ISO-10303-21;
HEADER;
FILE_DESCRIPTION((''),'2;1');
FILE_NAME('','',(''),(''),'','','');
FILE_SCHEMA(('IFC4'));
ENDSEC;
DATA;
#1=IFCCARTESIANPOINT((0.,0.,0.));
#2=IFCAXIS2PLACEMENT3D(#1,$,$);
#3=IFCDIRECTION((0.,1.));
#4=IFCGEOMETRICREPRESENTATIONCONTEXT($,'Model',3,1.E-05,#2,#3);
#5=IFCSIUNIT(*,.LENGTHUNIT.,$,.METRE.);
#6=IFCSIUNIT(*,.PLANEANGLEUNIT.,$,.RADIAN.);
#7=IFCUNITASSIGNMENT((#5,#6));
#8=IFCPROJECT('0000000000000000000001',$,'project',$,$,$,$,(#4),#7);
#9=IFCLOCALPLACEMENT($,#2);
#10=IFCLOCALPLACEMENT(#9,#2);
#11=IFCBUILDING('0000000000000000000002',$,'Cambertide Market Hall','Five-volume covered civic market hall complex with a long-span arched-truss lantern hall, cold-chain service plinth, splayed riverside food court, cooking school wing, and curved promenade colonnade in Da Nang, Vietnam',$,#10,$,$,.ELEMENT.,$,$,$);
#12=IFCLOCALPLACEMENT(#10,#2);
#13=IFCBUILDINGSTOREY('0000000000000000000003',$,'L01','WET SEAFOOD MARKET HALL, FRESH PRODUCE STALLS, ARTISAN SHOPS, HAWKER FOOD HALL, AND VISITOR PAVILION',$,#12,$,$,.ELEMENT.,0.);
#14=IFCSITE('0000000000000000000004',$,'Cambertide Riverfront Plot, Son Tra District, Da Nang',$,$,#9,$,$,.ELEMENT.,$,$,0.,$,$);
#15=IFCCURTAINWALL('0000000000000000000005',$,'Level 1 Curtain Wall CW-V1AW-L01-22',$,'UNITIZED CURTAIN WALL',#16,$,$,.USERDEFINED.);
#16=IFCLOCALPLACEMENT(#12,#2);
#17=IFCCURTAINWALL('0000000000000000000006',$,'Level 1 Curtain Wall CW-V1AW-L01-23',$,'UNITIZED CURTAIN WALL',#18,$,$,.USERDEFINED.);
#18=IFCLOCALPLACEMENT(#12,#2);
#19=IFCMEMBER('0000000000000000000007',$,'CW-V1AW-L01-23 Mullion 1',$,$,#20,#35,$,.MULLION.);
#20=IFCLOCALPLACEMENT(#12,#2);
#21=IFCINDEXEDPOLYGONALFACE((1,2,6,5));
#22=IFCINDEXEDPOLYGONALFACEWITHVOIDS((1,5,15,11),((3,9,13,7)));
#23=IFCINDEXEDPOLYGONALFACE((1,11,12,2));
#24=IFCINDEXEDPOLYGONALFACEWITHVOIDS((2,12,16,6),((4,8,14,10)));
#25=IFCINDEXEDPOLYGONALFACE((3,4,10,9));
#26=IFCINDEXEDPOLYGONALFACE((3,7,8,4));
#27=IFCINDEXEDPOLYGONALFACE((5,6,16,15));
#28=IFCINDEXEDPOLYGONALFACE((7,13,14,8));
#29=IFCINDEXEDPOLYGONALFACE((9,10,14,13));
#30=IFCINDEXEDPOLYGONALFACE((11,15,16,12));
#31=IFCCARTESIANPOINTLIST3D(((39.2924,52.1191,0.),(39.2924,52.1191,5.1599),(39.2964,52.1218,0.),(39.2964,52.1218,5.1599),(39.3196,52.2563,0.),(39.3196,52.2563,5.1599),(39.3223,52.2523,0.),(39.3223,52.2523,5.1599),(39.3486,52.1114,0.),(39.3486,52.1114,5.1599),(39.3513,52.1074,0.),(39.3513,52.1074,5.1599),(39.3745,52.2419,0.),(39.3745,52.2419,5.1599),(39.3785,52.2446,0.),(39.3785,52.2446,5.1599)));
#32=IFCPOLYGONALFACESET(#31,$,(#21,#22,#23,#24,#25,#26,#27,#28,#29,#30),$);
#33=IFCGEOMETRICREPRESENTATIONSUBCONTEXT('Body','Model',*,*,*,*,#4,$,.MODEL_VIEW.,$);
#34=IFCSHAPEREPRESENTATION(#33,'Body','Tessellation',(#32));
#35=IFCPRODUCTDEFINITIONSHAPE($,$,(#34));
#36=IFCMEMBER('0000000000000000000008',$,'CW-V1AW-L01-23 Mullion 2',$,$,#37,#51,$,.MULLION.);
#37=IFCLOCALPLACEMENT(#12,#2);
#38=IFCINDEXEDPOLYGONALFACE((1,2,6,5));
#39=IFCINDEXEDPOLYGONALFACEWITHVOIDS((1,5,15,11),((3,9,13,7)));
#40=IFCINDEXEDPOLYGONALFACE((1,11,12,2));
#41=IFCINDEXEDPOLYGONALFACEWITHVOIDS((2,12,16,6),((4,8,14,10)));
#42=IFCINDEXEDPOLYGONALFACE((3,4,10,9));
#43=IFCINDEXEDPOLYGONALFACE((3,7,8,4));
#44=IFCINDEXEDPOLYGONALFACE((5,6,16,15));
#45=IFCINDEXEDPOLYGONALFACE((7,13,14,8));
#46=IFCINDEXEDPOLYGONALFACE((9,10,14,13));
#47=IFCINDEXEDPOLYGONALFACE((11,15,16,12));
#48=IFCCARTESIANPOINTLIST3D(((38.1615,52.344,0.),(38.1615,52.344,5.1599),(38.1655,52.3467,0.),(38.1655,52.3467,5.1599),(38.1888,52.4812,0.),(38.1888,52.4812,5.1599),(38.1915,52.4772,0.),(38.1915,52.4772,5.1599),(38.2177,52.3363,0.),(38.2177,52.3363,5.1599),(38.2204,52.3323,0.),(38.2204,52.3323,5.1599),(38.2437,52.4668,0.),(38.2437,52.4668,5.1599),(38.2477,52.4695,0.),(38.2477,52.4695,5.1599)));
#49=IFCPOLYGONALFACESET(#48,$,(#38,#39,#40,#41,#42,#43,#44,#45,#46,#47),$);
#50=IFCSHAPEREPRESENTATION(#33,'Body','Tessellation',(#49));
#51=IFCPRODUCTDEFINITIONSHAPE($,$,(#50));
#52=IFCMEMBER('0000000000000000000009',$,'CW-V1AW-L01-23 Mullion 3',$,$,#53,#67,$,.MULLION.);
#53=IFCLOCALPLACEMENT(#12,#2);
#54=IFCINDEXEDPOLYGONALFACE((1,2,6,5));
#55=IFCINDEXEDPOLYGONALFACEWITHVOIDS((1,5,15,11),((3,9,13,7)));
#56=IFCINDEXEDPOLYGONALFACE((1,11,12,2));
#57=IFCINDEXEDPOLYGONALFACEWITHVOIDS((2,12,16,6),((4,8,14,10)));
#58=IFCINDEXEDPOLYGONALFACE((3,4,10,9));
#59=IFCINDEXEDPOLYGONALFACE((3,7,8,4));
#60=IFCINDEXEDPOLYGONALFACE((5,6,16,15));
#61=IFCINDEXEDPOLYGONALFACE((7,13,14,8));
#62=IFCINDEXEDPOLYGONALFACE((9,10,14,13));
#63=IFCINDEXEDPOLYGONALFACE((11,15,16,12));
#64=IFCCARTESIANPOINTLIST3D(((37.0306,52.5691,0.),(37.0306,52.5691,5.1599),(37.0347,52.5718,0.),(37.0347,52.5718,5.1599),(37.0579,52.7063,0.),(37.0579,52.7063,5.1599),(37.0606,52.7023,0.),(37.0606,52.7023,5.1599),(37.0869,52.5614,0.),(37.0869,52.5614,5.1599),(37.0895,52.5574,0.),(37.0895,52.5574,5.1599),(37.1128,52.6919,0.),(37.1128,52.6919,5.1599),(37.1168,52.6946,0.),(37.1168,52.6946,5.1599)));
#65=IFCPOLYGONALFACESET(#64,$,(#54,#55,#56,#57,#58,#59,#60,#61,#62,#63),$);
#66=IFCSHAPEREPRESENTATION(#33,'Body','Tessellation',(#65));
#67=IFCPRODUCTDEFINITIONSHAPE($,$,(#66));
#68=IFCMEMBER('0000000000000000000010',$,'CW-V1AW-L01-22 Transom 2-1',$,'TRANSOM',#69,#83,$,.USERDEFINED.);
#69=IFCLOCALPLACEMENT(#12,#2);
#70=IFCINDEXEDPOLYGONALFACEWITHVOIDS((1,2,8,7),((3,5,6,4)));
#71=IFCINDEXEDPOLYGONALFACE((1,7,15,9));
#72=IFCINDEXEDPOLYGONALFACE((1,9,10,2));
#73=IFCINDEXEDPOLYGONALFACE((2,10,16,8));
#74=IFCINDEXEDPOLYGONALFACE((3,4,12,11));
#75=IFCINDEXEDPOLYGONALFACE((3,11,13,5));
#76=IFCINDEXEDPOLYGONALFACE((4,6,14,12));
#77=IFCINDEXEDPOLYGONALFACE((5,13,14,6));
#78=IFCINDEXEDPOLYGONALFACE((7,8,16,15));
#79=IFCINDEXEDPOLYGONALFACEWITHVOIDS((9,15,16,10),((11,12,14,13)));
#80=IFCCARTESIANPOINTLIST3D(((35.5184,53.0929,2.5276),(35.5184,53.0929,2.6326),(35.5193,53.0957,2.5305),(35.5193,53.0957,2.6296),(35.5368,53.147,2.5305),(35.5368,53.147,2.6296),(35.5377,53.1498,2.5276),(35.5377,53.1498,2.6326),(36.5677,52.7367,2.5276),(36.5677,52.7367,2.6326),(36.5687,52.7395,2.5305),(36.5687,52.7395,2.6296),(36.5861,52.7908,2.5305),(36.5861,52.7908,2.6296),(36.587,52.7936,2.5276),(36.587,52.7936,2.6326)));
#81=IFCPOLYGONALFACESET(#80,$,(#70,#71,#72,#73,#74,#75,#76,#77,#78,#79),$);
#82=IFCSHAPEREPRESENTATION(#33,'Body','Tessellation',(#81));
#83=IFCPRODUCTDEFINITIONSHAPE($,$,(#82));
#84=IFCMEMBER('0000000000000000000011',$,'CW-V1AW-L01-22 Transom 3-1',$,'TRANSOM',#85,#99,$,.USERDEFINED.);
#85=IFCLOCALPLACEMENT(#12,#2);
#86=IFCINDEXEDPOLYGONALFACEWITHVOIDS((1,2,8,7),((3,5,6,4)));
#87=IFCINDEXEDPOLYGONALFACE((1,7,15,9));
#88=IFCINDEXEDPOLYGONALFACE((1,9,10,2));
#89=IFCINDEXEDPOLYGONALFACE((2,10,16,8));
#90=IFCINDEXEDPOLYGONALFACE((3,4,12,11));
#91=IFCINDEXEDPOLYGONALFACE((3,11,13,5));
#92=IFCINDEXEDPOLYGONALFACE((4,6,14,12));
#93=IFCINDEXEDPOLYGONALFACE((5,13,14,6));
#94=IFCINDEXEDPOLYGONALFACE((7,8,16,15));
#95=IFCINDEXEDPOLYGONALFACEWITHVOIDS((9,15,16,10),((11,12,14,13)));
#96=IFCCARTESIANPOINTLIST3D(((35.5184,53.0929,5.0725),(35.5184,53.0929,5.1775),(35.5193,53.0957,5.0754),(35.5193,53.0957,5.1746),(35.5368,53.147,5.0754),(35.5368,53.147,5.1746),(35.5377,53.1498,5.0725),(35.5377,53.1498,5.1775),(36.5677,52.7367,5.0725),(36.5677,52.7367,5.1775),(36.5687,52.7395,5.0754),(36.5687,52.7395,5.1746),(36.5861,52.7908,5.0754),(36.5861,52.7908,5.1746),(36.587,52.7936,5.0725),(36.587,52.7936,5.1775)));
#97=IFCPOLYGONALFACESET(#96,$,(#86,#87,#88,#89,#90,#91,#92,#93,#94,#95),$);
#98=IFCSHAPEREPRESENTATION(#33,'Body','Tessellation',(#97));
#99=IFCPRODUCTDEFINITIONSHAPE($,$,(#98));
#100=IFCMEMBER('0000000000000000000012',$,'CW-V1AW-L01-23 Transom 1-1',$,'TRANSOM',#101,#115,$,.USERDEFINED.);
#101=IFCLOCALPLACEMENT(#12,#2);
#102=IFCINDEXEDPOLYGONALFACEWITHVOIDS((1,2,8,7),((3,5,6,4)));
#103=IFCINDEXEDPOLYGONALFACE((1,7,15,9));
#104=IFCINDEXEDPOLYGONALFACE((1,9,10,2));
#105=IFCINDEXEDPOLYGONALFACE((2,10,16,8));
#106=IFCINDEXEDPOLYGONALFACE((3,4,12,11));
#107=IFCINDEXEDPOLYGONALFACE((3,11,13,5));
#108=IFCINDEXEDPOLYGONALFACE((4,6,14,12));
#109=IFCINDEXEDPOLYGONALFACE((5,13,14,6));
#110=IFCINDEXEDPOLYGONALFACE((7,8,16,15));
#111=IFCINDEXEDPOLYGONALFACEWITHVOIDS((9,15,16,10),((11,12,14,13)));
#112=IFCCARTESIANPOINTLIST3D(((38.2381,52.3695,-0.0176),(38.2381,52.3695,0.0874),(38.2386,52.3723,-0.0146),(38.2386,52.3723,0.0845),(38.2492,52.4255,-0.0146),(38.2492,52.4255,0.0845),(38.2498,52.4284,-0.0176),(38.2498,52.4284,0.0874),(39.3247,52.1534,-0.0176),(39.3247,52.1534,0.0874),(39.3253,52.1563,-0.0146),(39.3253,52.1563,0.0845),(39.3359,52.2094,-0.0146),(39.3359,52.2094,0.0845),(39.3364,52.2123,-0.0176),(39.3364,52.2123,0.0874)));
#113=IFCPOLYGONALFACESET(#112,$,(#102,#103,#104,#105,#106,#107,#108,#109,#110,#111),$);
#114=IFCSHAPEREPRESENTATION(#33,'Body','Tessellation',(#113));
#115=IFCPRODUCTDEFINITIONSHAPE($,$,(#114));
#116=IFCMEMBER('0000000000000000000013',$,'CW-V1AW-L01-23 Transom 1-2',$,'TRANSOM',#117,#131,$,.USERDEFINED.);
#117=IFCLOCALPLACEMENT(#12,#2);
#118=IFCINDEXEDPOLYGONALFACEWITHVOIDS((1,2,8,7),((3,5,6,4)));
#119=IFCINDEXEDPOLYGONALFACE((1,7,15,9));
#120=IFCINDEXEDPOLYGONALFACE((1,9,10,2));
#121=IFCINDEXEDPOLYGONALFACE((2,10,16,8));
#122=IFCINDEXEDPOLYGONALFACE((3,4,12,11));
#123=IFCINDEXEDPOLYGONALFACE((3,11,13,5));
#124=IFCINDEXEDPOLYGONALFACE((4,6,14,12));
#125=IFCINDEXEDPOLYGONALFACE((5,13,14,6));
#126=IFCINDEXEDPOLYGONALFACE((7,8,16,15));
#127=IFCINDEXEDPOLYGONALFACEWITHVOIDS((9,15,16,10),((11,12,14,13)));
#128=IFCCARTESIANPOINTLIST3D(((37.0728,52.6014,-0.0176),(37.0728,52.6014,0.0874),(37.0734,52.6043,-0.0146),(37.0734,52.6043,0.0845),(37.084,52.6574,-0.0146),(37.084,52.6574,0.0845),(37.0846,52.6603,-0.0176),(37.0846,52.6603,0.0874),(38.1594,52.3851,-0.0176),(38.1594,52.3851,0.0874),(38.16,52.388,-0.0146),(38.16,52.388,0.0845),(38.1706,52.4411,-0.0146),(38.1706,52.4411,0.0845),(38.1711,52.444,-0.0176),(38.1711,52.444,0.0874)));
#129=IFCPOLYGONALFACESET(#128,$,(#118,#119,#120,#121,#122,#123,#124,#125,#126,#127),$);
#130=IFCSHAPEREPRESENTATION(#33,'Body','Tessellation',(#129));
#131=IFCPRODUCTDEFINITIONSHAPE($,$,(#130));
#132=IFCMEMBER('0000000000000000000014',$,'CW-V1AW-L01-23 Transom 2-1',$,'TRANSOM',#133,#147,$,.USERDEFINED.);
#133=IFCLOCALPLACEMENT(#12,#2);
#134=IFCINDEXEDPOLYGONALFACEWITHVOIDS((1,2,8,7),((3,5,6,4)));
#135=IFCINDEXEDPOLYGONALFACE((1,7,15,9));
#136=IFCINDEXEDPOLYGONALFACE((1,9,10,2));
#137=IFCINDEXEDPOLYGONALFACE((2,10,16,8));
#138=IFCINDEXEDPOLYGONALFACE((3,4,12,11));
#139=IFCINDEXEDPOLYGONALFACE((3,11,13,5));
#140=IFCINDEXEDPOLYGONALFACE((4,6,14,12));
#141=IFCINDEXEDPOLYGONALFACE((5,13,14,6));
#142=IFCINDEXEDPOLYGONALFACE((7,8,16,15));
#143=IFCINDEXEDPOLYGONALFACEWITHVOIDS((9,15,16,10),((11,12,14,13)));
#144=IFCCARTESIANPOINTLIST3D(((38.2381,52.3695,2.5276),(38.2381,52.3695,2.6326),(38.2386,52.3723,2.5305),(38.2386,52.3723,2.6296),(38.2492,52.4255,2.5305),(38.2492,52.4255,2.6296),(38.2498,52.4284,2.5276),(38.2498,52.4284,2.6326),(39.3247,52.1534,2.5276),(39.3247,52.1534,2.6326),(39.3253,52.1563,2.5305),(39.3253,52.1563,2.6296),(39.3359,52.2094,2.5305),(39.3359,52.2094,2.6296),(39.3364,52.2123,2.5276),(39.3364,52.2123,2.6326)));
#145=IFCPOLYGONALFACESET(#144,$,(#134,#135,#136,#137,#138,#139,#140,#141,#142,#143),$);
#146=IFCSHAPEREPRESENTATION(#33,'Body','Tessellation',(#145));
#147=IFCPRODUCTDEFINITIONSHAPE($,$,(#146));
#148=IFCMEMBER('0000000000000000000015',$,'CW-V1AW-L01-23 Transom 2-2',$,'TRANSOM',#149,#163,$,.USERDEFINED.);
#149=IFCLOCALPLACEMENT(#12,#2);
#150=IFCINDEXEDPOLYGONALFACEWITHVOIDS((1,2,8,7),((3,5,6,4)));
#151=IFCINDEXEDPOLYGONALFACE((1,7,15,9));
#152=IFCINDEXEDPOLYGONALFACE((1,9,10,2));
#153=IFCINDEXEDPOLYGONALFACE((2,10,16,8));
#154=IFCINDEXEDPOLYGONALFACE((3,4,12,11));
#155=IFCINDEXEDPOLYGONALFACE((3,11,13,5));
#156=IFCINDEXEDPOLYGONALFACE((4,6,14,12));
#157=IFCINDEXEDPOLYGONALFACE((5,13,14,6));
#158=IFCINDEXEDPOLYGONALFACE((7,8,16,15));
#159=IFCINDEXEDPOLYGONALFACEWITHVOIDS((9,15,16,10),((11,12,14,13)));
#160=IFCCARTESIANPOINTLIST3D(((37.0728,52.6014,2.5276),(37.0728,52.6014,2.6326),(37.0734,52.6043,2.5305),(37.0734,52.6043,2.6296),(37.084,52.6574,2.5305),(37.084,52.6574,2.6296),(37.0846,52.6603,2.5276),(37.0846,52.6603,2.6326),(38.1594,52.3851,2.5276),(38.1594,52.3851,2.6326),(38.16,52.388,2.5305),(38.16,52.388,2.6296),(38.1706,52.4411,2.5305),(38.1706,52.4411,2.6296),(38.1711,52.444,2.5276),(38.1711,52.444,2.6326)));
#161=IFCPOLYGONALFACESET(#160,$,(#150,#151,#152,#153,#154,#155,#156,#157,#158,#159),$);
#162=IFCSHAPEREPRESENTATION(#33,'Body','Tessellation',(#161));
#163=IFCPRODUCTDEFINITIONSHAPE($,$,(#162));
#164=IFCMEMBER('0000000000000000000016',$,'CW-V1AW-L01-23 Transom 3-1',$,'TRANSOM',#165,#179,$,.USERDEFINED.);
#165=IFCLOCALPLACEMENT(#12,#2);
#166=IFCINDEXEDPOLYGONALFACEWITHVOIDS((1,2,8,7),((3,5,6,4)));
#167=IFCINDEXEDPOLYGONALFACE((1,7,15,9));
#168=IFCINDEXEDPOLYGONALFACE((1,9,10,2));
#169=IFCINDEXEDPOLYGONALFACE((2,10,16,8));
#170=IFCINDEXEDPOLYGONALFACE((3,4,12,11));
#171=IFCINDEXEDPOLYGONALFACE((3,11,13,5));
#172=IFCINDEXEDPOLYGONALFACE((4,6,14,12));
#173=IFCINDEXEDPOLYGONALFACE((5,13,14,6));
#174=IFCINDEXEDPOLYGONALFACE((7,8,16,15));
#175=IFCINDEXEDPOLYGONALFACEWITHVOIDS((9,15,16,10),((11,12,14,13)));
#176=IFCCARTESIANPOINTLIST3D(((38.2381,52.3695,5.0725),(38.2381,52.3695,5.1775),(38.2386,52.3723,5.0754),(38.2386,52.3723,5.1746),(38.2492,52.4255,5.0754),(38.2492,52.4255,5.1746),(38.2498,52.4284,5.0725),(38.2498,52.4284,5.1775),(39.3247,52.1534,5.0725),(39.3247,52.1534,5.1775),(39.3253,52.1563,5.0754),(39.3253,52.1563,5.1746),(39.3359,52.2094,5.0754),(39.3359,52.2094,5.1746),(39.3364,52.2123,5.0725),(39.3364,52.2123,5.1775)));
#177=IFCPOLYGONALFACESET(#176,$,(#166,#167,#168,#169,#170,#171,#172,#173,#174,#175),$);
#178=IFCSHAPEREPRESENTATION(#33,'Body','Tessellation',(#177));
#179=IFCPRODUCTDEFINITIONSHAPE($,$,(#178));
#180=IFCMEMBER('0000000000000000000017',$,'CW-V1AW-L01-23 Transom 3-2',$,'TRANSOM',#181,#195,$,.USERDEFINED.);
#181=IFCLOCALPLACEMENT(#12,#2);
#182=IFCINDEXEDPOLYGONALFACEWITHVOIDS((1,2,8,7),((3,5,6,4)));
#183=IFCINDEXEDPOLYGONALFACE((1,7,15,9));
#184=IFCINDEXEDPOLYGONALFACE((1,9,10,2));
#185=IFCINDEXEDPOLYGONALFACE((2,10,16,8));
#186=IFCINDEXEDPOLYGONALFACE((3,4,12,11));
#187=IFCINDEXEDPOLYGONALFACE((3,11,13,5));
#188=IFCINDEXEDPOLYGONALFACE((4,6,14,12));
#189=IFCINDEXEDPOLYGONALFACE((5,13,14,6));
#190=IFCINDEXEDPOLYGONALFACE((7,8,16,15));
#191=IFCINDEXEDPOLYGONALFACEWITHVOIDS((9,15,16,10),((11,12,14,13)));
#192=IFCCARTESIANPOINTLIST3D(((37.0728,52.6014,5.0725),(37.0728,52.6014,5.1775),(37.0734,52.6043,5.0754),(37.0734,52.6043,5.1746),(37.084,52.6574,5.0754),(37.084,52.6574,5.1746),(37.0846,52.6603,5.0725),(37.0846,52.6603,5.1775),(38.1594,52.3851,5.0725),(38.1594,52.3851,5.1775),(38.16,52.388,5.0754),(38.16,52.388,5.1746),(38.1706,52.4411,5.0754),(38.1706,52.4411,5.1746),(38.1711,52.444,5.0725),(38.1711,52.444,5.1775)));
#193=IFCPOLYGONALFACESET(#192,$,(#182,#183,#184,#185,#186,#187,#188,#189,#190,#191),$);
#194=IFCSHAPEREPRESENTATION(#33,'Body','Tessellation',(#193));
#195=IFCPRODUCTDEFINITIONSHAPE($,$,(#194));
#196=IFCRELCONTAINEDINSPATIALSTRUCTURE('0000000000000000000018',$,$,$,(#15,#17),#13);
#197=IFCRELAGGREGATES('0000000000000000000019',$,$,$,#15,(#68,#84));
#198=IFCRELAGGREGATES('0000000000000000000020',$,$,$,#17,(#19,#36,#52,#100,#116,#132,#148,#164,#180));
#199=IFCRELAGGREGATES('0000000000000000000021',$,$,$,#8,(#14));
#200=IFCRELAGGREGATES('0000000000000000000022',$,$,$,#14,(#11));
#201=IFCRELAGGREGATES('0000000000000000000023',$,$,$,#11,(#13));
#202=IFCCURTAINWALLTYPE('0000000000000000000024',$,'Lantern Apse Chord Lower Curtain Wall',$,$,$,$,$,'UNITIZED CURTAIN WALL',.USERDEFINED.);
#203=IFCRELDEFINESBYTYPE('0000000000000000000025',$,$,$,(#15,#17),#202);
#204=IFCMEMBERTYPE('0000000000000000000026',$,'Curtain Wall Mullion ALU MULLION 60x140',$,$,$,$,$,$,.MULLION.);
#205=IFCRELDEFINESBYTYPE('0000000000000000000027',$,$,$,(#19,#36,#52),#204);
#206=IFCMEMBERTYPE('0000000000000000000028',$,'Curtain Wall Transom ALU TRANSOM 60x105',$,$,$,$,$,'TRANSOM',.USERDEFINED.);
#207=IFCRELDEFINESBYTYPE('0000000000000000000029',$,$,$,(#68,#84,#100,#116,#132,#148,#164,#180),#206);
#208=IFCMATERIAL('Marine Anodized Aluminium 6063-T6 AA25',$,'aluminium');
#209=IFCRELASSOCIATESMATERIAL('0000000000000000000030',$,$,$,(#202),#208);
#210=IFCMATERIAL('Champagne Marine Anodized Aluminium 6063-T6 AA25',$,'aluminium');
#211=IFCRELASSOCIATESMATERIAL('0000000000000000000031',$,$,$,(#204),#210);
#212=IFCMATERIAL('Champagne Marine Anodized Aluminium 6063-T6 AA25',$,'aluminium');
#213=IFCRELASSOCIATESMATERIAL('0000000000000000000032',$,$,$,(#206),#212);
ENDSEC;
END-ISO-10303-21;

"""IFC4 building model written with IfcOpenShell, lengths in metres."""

from ifc_helpers import new_model, si_unit, direction, frame, origin, origin_2d, place, context, subcontext, project, spatial, hollow_rectangle, extrude, material, material_profile, profile_set, type_object, element, aggregate, save


model = new_model("IFC4")

# Units and contexts
model_context = context("Model", 3, precision=1e-05, world=origin(), true_north=direction((0.0, 1.0)))
body_context = subcontext(model_context, "Body", "Model", "MODEL_VIEW")
ifc_project = project(units=[si_unit("LENGTHUNIT", "METRE"), si_unit("PLANEANGLEUNIT", "RADIAN")], contexts=[model_context])

# Site, building, storey
site_placement = place(None, origin())
site = spatial("IfcSite", under=ifc_project, at=site_placement, Name="Cambertide Riverfront Plot, Son Tra District, Da Nang", CompositionType="ELEMENT", RefElevation=0.0)
building_placement = place(site_placement, origin())
building = spatial("IfcBuilding", under=site, at=building_placement, Name="Cambertide Market Hall", Description="Five-volume covered civic market hall complex with a long-span arched-truss lantern hall, cold-chain service plinth, splayed riverside food court, cooking school wing, and curved promenade colonnade in Da Nang, Vietnam", CompositionType="ELEMENT")
storey_placement = place(building_placement, origin())
storey = spatial("IfcBuildingStorey", under=building, at=storey_placement, Name="L01", Description="WET SEAFOOD MARKET HALL, FRESH PRODUCE STALLS, ARTISAN SHOPS, HAWKER FOOD HALL, AND VISITOR PAVILION", CompositionType="ELEMENT", Elevation=0.0)

# Curtain wall
ifc_material_1 = material(Name="Marine Anodized Aluminium 6063-T6 AA25", Category="aluminium")
curtain_wall_type = type_object("IfcCurtainWallType", Name="Lantern Apse Chord Lower Curtain Wall", ElementType="UNITIZED CURTAIN WALL", PredefinedType="USERDEFINED", material=ifc_material_1)
curtain_wall_1_placement = place(storey_placement, origin())
curtain_wall_1 = element("IfcCurtainWall", 1, at=curtain_wall_1_placement, inside=storey, type_object=curtain_wall_type, Name="Level 1 Curtain Wall CW-V1AW-L01-22", ObjectType="UNITIZED CURTAIN WALL", PredefinedType="USERDEFINED")
ifc_material_2 = material(Name="Champagne Marine Anodized Aluminium 6063-T6 AA25", Category="aluminium")
ifc_material_profile_1 = material_profile(ifc_material_2, hollow_rectangle(XDim=0.0601, YDim=0.1399, WallThickness=0.0034, at=origin_2d()), Name="ALU MULLION 60x140")
ifc_profile_set_1 = profile_set([ifc_material_profile_1], Name="Champagne Marine Anodized Aluminium 6063-T6 AA25")
member_type_1 = type_object("IfcMemberType", Name="Curtain Wall Mullion ALU MULLION 60x140", PredefinedType="MULLION", material=ifc_profile_set_1)

# Curtain wall, members
curtain_wall_2_placement = place(storey_placement, origin())
curtain_wall_2 = element("IfcCurtainWall", 2, at=curtain_wall_2_placement, inside=storey, type_object=curtain_wall_type, Name="Level 1 Curtain Wall CW-V1AW-L01-23", ObjectType="UNITIZED CURTAIN WALL", PredefinedType="USERDEFINED")
member_1_placement = place(storey_placement, frame((39.3354, 52.1819, 0.0), z_axis=(0.0, 0.0, 1.0), x_axis=(-0.980785, 0.19509, 0.0)))
member_1 = element("IfcMember", 3, at=member_1_placement, type_object=member_type_1, Name="CW-V1AW-L01-23 Mullion 1", PredefinedType="MULLION", context=body_context, shape_type="SweptSolid", body=[
    extrude(hollow_rectangle(XDim=0.0601, YDim=0.1399, WallThickness=0.0034, at=origin_2d()), origin(), (0.0, 0.0, 1.0), 5.1599),
])
member_2_placement = place(storey_placement, frame((38.2046, 52.4067, 0.0), z_axis=(0.0, 0.0, 1.0), x_axis=(-0.980785, 0.19509, 0.0)))
member_2 = element("IfcMember", 4, at=member_2_placement, type_object=member_type_1, Name="CW-V1AW-L01-23 Mullion 2", PredefinedType="MULLION", context=body_context, shape_type="SweptSolid", body=[
    extrude(hollow_rectangle(XDim=0.0601, YDim=0.1399, WallThickness=0.0034, at=origin_2d()), origin(), (0.0, 0.0, 1.0), 5.1599),
])
member_3_placement = place(storey_placement, frame((37.0737, 52.6318, 0.0), z_axis=(0.0, 0.0, 1.0), x_axis=(-0.980785, 0.19509, 0.0)))
member_3 = element("IfcMember", 5, at=member_3_placement, type_object=member_type_1, Name="CW-V1AW-L01-23 Mullion 3", PredefinedType="MULLION", context=body_context, shape_type="SweptSolid", body=[
    extrude(hollow_rectangle(XDim=0.0601, YDim=0.1399, WallThickness=0.0034, at=origin_2d()), origin(), (0.0, 0.0, 1.0), 5.1599),
])

# Members
ifc_material_3 = material(Name="Champagne Marine Anodized Aluminium 6063-T6 AA25", Category="aluminium")
ifc_material_profile_2 = material_profile(ifc_material_3, hollow_rectangle(XDim=0.0601, YDim=0.105, WallThickness=0.0029, at=origin_2d()), Name="ALU TRANSOM 60x105")
ifc_profile_set_2 = profile_set([ifc_material_profile_2], Name="Champagne Marine Anodized Aluminium 6063-T6 AA25")
member_type_2 = type_object("IfcMemberType", Name="Curtain Wall Transom ALU TRANSOM 60x105", ElementType="TRANSOM", PredefinedType="USERDEFINED", material=ifc_profile_set_2)
member_4_placement = place(storey_placement, frame((36.5774, 52.7651, 2.5801), z_axis=(-0.946928, 0.321445, 0.0), x_axis=(-0.321445, -0.946928, 0.0)))
member_4 = element("IfcMember", 6, at=member_4_placement, type_object=member_type_2, Name="CW-V1AW-L01-22 Transom 2-1", ObjectType="TRANSOM", PredefinedType="USERDEFINED", context=body_context, shape_type="SweptSolid", body=[
    extrude(hollow_rectangle(XDim=0.0601, YDim=0.105, WallThickness=0.0029, at=origin_2d()), origin(), (0.0, 0.0, 1.0), 1.1082),
])
member_5_placement = place(storey_placement, frame((36.5774, 52.7651, 5.125), z_axis=(-0.946928, 0.321445, 0.0), x_axis=(-0.321445, -0.946928, 0.0)))
member_5 = element("IfcMember", 7, at=member_5_placement, type_object=member_type_2, Name="CW-V1AW-L01-22 Transom 3-1", ObjectType="TRANSOM", PredefinedType="USERDEFINED", context=body_context, shape_type="SweptSolid", body=[
    extrude(hollow_rectangle(XDim=0.0601, YDim=0.105, WallThickness=0.0029, at=origin_2d()), origin(), (0.0, 0.0, 1.0), 1.1082),
])
aggregate(curtain_wall_1, [member_4, member_5])
member_6_placement = place(storey_placement, frame((39.3306, 52.1829, 0.0349), z_axis=(-0.9808, 0.195014, 0.0), x_axis=(-0.195014, -0.9808, 0.0)))
member_6 = element("IfcMember", 8, at=member_6_placement, type_object=member_type_2, Name="CW-V1AW-L01-23 Transom 1-1", ObjectType="TRANSOM", PredefinedType="USERDEFINED", context=body_context, shape_type="SweptSolid", body=[
    extrude(hollow_rectangle(XDim=0.0601, YDim=0.105, WallThickness=0.0029, at=origin_2d()), origin(), (0.0, 0.0, 1.0), 1.1079),
])
member_7_placement = place(storey_placement, frame((38.1653, 52.4146, 0.0349), z_axis=(-0.980758, 0.195226, 0.0), x_axis=(-0.195226, -0.980758, 0.0)))
member_7 = element("IfcMember", 9, at=member_7_placement, type_object=member_type_2, Name="CW-V1AW-L01-23 Transom 1-2", ObjectType="TRANSOM", PredefinedType="USERDEFINED", context=body_context, shape_type="SweptSolid", body=[
    extrude(hollow_rectangle(XDim=0.0601, YDim=0.105, WallThickness=0.0029, at=origin_2d()), origin(), (0.0, 0.0, 1.0), 1.1079),
])
member_8_placement = place(storey_placement, frame((39.3306, 52.1829, 2.5801), z_axis=(-0.9808, 0.195014, 0.0), x_axis=(-0.195014, -0.9808, 0.0)))
member_8 = element("IfcMember", 10, at=member_8_placement, type_object=member_type_2, Name="CW-V1AW-L01-23 Transom 2-1", ObjectType="TRANSOM", PredefinedType="USERDEFINED", context=body_context, shape_type="SweptSolid", body=[
    extrude(hollow_rectangle(XDim=0.0601, YDim=0.105, WallThickness=0.0029, at=origin_2d()), origin(), (0.0, 0.0, 1.0), 1.1079),
])
member_9_placement = place(storey_placement, frame((38.1653, 52.4146, 2.5801), z_axis=(-0.980758, 0.195226, 0.0), x_axis=(-0.195226, -0.980758, 0.0)))
member_9 = element("IfcMember", 11, at=member_9_placement, type_object=member_type_2, Name="CW-V1AW-L01-23 Transom 2-2", ObjectType="TRANSOM", PredefinedType="USERDEFINED", context=body_context, shape_type="SweptSolid", body=[
    extrude(hollow_rectangle(XDim=0.0601, YDim=0.105, WallThickness=0.0029, at=origin_2d()), origin(), (0.0, 0.0, 1.0), 1.1079),
])
member_10_placement = place(storey_placement, frame((39.3306, 52.1829, 5.125), z_axis=(-0.9808, 0.195014, 0.0), x_axis=(-0.195014, -0.9808, 0.0)))
member_10 = element("IfcMember", 12, at=member_10_placement, type_object=member_type_2, Name="CW-V1AW-L01-23 Transom 3-1", ObjectType="TRANSOM", PredefinedType="USERDEFINED", context=body_context, shape_type="SweptSolid", body=[
    extrude(hollow_rectangle(XDim=0.0601, YDim=0.105, WallThickness=0.0029, at=origin_2d()), origin(), (0.0, 0.0, 1.0), 1.1079),
])
member_11_placement = place(storey_placement, frame((38.1653, 52.4146, 5.125), z_axis=(-0.980758, 0.195226, 0.0), x_axis=(-0.195226, -0.980758, 0.0)))
member_11 = element("IfcMember", 13, at=member_11_placement, type_object=member_type_2, Name="CW-V1AW-L01-23 Transom 3-2", ObjectType="TRANSOM", PredefinedType="USERDEFINED", context=body_context, shape_type="SweptSolid", body=[
    extrude(hollow_rectangle(XDim=0.0601, YDim=0.105, WallThickness=0.0029, at=origin_2d()), origin(), (0.0, 0.0, 1.0), 1.1079),
])

aggregate(curtain_wall_2, [member_1, member_2, member_3, member_6, member_7, member_8, member_9, member_10, member_11])

save(model, "model.ifc")
